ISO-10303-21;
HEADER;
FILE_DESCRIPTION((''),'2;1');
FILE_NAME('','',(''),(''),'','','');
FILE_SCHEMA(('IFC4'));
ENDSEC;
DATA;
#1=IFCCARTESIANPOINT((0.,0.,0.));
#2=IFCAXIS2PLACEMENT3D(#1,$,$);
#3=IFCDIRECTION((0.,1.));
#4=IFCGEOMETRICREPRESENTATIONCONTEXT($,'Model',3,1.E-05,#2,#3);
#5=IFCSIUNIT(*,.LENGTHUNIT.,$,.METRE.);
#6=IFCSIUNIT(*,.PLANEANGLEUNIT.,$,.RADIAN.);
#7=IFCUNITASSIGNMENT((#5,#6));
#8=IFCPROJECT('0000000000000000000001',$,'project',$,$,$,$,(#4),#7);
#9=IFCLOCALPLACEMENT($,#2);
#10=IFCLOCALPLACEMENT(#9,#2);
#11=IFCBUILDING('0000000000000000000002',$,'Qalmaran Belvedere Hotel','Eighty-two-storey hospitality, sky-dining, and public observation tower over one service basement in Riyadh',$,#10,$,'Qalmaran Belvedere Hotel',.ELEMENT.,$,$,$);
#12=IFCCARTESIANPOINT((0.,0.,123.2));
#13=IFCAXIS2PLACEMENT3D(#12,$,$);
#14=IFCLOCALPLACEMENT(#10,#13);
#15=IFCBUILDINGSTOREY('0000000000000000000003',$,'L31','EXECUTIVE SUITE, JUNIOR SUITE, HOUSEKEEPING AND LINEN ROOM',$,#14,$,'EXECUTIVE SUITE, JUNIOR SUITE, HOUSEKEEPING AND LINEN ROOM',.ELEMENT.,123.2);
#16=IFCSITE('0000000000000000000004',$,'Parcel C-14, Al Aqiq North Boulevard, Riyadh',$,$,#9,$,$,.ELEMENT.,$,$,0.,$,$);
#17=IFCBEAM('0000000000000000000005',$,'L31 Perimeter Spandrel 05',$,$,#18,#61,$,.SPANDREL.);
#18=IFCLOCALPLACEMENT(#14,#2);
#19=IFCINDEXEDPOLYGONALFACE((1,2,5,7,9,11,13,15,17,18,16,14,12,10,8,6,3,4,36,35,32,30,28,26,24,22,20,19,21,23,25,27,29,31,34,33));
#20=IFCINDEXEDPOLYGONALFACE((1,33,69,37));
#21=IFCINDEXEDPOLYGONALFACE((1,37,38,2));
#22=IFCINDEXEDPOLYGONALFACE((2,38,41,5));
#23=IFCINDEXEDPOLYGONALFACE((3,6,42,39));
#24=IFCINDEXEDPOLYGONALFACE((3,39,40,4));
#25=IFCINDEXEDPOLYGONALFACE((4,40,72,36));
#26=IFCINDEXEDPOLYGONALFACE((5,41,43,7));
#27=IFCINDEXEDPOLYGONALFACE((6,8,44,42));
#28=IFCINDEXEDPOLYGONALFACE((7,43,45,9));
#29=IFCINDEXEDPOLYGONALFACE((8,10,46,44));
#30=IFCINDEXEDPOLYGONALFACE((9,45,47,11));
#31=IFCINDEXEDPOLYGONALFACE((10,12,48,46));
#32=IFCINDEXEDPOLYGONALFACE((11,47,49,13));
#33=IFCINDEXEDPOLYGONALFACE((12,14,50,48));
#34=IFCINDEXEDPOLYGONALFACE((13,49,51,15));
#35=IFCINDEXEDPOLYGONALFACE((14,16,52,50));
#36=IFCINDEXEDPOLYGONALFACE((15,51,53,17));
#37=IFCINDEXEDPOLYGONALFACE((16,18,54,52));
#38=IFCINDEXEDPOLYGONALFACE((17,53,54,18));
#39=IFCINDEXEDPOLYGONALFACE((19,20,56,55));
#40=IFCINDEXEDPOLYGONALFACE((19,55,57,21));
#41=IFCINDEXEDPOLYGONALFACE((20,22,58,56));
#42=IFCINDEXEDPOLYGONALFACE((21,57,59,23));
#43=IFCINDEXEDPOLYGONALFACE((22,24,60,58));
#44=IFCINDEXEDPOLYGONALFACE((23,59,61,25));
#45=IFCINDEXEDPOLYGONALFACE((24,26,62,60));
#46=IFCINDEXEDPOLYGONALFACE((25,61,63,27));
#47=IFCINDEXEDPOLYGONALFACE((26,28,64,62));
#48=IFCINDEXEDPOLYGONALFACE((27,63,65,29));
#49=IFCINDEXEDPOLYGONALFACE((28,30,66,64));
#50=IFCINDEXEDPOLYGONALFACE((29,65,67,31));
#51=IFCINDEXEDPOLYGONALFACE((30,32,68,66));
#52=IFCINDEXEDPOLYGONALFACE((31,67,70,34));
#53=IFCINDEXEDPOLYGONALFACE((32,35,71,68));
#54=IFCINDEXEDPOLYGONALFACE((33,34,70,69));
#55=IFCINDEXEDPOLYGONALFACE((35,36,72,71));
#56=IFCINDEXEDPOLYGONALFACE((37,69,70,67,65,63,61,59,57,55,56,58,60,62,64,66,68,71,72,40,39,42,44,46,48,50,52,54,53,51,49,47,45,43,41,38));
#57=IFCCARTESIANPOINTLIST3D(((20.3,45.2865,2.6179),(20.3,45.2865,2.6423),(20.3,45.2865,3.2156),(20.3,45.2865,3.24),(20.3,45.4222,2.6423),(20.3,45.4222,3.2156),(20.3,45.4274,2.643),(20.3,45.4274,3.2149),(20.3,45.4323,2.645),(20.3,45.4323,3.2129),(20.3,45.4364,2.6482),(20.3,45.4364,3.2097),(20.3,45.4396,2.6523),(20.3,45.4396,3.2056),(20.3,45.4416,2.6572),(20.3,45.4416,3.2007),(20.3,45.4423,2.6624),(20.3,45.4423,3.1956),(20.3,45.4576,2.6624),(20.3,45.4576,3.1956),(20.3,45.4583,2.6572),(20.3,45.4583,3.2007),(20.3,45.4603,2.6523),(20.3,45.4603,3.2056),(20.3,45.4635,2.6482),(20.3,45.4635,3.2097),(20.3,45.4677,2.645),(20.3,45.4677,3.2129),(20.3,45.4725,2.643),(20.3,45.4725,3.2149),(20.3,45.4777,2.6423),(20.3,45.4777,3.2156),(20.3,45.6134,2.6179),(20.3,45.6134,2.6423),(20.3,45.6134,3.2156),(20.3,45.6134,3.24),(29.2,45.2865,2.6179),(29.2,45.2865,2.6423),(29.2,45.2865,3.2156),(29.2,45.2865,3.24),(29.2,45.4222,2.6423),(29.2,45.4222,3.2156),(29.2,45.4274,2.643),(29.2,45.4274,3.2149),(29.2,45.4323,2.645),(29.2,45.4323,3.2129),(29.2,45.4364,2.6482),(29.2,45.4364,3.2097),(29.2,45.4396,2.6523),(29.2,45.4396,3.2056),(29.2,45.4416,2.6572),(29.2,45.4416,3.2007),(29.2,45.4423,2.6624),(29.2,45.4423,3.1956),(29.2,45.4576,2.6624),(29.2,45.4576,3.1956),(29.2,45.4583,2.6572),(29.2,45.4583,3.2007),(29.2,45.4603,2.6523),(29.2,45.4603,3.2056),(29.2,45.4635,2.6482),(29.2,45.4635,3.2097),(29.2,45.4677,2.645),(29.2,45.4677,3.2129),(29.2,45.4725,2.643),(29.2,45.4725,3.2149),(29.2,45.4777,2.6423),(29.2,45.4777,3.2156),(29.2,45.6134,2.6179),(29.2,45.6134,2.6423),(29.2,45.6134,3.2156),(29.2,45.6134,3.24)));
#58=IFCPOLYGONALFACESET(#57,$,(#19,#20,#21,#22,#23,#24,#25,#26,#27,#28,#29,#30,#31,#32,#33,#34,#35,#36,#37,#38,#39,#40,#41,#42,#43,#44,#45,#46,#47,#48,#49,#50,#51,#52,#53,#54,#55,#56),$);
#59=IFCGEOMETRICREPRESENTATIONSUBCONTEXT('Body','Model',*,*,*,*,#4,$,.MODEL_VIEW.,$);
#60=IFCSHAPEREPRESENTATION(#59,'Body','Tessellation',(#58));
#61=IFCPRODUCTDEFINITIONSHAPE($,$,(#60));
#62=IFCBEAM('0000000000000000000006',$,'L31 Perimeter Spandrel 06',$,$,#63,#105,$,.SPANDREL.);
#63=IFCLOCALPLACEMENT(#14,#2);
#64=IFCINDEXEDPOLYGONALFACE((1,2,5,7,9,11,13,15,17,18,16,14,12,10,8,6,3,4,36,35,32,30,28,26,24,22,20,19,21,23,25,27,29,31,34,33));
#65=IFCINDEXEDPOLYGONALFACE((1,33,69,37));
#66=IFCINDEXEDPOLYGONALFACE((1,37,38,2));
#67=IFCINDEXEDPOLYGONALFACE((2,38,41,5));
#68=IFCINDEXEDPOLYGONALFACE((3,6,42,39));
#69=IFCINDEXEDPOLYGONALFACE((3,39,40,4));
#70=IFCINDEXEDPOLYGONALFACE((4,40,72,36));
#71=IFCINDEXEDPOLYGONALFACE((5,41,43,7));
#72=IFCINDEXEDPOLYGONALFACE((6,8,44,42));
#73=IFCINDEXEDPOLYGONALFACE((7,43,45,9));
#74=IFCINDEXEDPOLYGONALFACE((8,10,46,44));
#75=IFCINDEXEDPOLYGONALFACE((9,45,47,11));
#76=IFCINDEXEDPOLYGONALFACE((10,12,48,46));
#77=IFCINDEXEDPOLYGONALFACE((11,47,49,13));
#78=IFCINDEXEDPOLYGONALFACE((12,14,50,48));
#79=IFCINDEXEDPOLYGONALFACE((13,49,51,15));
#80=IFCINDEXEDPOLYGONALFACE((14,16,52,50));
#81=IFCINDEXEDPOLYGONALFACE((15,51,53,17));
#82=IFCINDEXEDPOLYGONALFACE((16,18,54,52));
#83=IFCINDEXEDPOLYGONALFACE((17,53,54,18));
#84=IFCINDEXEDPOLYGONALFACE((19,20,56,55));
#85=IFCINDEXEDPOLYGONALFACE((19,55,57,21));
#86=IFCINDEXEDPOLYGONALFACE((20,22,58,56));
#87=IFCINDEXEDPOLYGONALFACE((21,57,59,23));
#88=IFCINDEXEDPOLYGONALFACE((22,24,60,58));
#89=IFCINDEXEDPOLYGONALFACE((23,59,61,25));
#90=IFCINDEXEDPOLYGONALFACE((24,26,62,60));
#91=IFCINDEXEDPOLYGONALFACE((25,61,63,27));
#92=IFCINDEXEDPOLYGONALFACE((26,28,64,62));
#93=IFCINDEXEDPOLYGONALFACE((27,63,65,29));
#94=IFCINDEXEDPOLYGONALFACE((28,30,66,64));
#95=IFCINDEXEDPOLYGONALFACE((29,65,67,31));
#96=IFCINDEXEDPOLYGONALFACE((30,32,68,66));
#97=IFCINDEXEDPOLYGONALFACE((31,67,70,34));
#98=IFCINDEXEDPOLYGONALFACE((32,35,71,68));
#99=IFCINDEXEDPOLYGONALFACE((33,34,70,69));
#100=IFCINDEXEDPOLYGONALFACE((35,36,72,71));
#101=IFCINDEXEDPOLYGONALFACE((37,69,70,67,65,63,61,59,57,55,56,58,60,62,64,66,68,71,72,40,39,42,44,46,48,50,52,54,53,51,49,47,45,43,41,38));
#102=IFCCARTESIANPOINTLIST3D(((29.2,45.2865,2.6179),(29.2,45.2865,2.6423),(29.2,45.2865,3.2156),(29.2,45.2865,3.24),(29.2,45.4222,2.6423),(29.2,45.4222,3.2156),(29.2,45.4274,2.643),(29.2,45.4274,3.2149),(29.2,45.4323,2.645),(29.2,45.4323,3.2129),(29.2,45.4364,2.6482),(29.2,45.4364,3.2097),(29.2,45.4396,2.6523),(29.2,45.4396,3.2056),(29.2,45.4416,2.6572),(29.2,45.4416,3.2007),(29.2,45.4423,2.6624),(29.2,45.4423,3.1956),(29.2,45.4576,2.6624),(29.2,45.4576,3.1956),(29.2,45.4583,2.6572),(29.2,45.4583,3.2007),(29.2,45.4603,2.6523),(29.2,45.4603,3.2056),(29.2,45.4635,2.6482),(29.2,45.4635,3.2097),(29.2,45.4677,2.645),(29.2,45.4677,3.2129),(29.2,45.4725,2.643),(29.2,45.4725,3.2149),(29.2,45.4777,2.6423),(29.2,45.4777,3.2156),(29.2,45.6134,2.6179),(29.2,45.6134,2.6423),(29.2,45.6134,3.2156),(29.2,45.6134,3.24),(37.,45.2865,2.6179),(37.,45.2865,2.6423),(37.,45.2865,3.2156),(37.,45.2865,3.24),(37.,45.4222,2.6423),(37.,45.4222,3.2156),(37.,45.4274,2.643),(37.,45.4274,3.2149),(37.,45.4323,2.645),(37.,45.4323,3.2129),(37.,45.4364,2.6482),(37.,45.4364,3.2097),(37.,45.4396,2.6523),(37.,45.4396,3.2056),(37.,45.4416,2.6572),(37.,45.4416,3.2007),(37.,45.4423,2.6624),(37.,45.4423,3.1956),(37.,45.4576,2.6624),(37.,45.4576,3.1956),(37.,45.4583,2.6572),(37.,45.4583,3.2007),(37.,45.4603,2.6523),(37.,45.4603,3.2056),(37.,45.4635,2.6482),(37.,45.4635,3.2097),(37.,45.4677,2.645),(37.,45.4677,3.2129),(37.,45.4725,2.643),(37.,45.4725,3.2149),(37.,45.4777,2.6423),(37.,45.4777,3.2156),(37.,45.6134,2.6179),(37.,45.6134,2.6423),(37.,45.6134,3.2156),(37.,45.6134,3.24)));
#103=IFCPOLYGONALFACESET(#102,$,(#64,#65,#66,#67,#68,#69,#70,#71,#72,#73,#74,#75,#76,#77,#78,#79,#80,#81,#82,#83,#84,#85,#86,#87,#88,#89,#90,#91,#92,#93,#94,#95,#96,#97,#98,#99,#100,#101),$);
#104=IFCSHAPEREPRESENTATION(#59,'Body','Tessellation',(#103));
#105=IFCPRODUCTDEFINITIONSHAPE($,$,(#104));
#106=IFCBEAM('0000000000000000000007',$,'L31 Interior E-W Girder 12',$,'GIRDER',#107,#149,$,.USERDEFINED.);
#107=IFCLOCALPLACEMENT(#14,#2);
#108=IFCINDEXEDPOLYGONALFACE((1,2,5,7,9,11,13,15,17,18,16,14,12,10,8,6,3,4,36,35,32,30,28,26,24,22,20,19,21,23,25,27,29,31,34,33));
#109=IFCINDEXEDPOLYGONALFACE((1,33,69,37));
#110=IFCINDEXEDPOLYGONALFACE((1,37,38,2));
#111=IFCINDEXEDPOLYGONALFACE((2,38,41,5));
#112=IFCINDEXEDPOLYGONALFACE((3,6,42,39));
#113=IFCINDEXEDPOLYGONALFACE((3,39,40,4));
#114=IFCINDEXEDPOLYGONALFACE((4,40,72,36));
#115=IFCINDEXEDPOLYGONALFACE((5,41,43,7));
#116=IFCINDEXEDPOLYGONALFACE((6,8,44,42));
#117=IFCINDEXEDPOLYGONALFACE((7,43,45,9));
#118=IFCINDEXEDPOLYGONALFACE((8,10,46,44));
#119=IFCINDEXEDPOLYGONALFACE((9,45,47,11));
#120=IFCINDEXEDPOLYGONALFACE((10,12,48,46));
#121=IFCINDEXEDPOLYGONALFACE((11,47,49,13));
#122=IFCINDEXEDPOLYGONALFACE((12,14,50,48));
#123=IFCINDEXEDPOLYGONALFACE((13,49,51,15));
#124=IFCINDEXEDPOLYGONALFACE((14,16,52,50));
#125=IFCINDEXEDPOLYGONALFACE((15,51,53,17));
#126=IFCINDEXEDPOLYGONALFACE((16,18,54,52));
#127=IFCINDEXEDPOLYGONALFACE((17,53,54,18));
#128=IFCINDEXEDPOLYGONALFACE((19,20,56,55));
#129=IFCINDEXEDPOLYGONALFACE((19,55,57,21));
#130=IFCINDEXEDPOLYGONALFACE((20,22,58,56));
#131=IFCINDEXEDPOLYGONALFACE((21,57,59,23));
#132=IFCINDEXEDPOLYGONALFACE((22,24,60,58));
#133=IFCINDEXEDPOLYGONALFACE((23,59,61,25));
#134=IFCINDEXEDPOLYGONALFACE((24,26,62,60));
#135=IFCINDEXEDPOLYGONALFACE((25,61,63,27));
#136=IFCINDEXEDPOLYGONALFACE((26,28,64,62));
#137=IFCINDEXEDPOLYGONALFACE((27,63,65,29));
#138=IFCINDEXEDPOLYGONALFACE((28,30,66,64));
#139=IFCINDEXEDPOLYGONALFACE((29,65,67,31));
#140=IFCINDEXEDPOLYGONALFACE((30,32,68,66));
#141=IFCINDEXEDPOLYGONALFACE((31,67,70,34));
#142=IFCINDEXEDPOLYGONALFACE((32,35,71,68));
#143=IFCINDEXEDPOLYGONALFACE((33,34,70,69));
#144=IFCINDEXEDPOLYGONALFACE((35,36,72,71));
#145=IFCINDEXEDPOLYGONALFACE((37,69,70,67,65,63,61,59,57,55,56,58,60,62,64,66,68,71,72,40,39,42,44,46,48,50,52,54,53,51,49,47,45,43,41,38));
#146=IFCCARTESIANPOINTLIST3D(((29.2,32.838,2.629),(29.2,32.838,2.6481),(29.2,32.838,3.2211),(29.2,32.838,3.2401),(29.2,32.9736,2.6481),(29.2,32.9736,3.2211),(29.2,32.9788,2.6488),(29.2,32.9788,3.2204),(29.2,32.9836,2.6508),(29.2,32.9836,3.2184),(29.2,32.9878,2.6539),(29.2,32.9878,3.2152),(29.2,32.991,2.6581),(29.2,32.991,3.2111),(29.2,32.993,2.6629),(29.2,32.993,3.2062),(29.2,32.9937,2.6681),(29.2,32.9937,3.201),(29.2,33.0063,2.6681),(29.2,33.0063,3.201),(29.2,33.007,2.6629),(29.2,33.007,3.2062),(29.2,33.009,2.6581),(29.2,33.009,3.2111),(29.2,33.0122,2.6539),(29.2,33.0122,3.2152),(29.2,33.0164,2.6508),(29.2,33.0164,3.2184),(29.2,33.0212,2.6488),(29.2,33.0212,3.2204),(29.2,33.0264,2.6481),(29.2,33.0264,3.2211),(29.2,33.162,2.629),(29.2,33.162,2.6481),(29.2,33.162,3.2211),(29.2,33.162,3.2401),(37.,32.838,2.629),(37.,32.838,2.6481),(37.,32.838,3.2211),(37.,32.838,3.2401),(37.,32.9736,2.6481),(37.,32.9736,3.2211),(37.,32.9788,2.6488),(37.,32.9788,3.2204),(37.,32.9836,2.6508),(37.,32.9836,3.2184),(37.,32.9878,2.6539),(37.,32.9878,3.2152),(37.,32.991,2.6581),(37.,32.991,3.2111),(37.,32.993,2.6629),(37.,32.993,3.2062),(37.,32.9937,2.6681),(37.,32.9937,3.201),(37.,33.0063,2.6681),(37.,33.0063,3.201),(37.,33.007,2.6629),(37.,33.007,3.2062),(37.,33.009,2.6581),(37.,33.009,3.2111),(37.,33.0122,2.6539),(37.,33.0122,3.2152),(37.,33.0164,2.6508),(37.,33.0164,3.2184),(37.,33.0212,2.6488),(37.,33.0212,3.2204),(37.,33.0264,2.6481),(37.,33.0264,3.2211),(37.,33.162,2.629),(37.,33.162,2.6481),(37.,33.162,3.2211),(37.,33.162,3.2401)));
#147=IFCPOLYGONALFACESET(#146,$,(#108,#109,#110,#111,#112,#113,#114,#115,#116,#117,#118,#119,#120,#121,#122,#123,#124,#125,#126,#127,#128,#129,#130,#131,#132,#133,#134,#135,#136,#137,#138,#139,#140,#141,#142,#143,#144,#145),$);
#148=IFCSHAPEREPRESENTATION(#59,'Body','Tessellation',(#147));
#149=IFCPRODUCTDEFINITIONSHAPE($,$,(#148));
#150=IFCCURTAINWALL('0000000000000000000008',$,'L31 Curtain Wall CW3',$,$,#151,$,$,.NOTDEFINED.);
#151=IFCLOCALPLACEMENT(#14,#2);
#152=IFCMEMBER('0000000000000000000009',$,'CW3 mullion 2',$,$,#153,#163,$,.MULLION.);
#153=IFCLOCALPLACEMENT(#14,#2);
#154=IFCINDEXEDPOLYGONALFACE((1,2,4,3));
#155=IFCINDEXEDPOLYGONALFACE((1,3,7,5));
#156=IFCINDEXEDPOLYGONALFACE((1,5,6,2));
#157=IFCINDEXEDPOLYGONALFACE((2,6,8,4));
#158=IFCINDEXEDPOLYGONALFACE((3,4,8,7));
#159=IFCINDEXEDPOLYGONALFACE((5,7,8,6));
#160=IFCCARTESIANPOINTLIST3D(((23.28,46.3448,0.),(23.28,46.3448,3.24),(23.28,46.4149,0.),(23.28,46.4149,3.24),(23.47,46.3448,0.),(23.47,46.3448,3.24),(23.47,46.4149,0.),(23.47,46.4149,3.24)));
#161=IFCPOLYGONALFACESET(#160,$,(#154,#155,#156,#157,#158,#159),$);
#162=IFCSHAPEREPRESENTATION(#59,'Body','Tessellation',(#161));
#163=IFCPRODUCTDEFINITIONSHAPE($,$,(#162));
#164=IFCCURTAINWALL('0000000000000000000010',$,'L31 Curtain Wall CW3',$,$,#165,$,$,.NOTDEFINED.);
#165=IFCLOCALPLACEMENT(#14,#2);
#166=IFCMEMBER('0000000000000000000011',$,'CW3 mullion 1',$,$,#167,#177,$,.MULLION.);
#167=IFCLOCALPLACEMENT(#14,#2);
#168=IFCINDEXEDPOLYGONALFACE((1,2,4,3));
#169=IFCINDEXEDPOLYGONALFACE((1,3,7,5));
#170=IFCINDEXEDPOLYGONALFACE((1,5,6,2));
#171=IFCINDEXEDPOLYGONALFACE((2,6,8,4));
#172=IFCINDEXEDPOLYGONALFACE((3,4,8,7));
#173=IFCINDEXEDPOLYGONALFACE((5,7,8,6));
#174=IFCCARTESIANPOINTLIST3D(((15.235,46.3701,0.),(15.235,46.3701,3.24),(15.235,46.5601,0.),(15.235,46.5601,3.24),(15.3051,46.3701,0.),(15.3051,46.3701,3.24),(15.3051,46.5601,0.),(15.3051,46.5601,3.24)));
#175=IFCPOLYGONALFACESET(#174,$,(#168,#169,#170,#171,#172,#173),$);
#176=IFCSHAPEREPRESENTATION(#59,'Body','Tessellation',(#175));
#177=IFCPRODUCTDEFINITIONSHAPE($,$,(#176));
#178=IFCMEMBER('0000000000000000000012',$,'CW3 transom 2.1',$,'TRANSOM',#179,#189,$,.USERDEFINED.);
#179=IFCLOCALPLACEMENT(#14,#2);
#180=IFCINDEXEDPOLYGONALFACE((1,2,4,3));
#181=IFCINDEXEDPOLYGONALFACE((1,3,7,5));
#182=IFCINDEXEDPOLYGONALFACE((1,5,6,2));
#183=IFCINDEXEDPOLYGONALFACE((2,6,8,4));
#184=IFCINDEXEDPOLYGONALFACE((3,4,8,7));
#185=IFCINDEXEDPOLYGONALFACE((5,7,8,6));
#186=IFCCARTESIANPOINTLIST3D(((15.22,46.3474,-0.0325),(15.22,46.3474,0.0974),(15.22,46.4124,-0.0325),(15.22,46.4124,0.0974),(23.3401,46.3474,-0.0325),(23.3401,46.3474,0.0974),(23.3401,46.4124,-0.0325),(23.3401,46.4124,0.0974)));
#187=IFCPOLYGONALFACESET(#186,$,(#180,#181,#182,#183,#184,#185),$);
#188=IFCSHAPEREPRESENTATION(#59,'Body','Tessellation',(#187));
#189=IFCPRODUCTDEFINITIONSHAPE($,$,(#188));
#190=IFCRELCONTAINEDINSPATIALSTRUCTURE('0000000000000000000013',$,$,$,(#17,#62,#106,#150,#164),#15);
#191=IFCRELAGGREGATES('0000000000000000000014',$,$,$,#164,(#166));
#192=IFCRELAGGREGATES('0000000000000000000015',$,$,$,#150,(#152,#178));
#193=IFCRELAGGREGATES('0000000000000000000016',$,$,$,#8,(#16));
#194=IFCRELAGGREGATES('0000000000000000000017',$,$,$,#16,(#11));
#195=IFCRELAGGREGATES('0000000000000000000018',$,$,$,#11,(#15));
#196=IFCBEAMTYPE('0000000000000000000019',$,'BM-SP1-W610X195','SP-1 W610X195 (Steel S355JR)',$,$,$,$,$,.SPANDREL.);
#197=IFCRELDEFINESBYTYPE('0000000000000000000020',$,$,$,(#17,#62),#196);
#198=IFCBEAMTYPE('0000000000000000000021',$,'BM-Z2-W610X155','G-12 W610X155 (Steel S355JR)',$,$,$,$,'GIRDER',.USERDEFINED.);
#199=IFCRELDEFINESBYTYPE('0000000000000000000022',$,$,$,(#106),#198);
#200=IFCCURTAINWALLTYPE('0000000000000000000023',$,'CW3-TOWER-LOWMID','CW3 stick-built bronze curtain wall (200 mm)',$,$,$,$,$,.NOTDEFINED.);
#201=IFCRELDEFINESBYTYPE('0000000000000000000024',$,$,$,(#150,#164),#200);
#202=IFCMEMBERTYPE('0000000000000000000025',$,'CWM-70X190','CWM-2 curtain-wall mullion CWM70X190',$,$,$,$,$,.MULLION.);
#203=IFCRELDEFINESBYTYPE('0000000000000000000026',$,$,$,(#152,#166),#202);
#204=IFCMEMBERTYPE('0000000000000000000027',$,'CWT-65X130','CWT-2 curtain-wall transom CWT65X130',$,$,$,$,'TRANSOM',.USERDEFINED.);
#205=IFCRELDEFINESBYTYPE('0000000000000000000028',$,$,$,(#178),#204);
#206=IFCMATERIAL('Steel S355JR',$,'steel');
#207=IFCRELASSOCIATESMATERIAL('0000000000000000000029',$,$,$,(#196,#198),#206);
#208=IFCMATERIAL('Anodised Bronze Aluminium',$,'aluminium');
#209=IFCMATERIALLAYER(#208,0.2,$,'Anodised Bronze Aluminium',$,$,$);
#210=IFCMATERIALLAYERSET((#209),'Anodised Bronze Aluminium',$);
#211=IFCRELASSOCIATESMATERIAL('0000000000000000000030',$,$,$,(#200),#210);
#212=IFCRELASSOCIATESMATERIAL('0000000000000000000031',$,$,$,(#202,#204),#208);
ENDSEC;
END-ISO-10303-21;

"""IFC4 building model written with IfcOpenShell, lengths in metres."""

from ifc_helpers import new_model, si_unit, direction, frame, origin, origin_2d, place, context, subcontext, project, spatial, rectangle, i_section, extrude, material, layer, layer_set, material_profile, profile_set, type_object, element, aggregate, save


model = new_model("IFC4")

# Units and contexts
model_context = context("Model", 3, precision=1e-05, world=origin(), true_north=direction((0.0, 1.0)))
body_context = subcontext(model_context, "Body", "Model", "MODEL_VIEW")
ifc_project = project(units=[si_unit("LENGTHUNIT", "METRE"), si_unit("PLANEANGLEUNIT", "RADIAN")], contexts=[model_context])

# Site, building, storey
site_placement = place(None, origin())
site = spatial("IfcSite", under=ifc_project, at=site_placement, Name="Parcel C-14, Al Aqiq North Boulevard, Riyadh", CompositionType="ELEMENT", RefElevation=0.0)
building_placement = place(site_placement, origin())
building = spatial("IfcBuilding", under=site, at=building_placement, Name="Qalmaran Belvedere Hotel", Description="Eighty-two-storey hospitality, sky-dining, and public observation tower over one service basement in Riyadh", LongName="Qalmaran Belvedere Hotel", CompositionType="ELEMENT")
storey_placement = place(building_placement, frame((0.0, 0.0, 123.2)))
storey = spatial("IfcBuildingStorey", under=building, at=storey_placement, Name="L31", Description="EXECUTIVE SUITE, JUNIOR SUITE, HOUSEKEEPING AND LINEN ROOM", LongName="EXECUTIVE SUITE, JUNIOR SUITE, HOUSEKEEPING AND LINEN ROOM", CompositionType="ELEMENT", Elevation=123.2)

# Beams
ifc_material_1 = material(Name="Steel S355JR", Category="steel")
ifc_material_profile_1 = material_profile(ifc_material_1, i_section(OverallWidth=0.3269, OverallDepth=0.6221, WebThickness=0.0154, FlangeThickness=0.0244, FilletRadius=0.02, at=origin_2d()), Name="W610X195")
ifc_profile_set_1 = profile_set([ifc_material_profile_1], Name="Steel S355JR")
beam_type_1 = type_object("IfcBeamType", Name="BM-SP1-W610X195", Description="SP-1 W610X195 (Steel S355JR)", PredefinedType="SPANDREL", material=ifc_profile_set_1)
beam_1_placement = place(storey_placement, frame((20.3, 45.45, 2.929), z_axis=(1.0, 0.0, 0.0), x_axis=(0.0, 1.0, 0.0)))
element("IfcBeam", 1, at=beam_1_placement, inside=storey, type_object=beam_type_1, Name="L31 Perimeter Spandrel 05", PredefinedType="SPANDREL", context=body_context, shape_type="SweptSolid", body=[
    extrude(i_section(OverallWidth=0.3269, OverallDepth=0.6221, WebThickness=0.0154, FlangeThickness=0.0244, FilletRadius=0.02, at=origin_2d()), origin(), (0.0, 0.0, 1.0), 8.8999),
])
beam_2_placement = place(storey_placement, frame((29.2, 45.45, 2.929), z_axis=(1.0, 0.0, 0.0), x_axis=(0.0, 1.0, 0.0)))
element("IfcBeam", 2, at=beam_2_placement, inside=storey, type_object=beam_type_1, Name="L31 Perimeter Spandrel 06", PredefinedType="SPANDREL", context=body_context, shape_type="SweptSolid", body=[
    extrude(i_section(OverallWidth=0.3269, OverallDepth=0.6221, WebThickness=0.0154, FlangeThickness=0.0244, FilletRadius=0.02, at=origin_2d()), origin(), (0.0, 0.0, 1.0), 7.8),
])
ifc_material_profile_2 = material_profile(ifc_material_1, i_section(OverallWidth=0.324, OverallDepth=0.6111, WebThickness=0.0127, FlangeThickness=0.019, FilletRadius=0.02, at=origin_2d()), Name="W610X155")
ifc_profile_set_2 = profile_set([ifc_material_profile_2], Name="Steel S355JR")
beam_type_2 = type_object("IfcBeamType", Name="BM-Z2-W610X155", Description="G-12 W610X155 (Steel S355JR)", ElementType="GIRDER", PredefinedType="USERDEFINED", material=ifc_profile_set_2)
beam_3_placement = place(storey_placement, frame((29.2, 33.0, 2.9346), z_axis=(1.0, 0.0, 0.0), x_axis=(0.0, 1.0, 0.0)))
element("IfcBeam", 3, at=beam_3_placement, inside=storey, type_object=beam_type_2, Name="L31 Interior E-W Girder 12", ObjectType="GIRDER", PredefinedType="USERDEFINED", context=body_context, shape_type="SweptSolid", body=[
    extrude(i_section(OverallWidth=0.324, OverallDepth=0.6111, WebThickness=0.0127, FlangeThickness=0.019, FilletRadius=0.02, at=origin_2d()), origin(), (0.0, 0.0, 1.0), 7.8),
])

# Curtain walls, members
ifc_material_2 = material(Name="Anodised Bronze Aluminium", Category="aluminium")
ifc_layer_1 = layer(ifc_material_2, 0.2, Name="Anodised Bronze Aluminium")
ifc_layer_set_1 = layer_set([ifc_layer_1], Name="Anodised Bronze Aluminium")
curtain_wall_type = type_object("IfcCurtainWallType", Name="CW3-TOWER-LOWMID", Description="CW3 stick-built bronze curtain wall (200 mm)", PredefinedType="NOTDEFINED", material=ifc_layer_set_1)
curtain_wall_1_placement = place(storey_placement, origin())
curtain_wall_1 = element("IfcCurtainWall", 4, at=curtain_wall_1_placement, inside=storey, type_object=curtain_wall_type, Name="L31 Curtain Wall CW3", PredefinedType="NOTDEFINED")
ifc_material_profile_3 = material_profile(ifc_material_2, rectangle(XDim=0.0701, YDim=0.1899, at=origin_2d()), Name="CWM70X190")
ifc_profile_set_3 = profile_set([ifc_material_profile_3], Name="Anodised Bronze Aluminium")
member_type_1 = type_object("IfcMemberType", Name="CWM-70X190", Description="CWM-2 curtain-wall mullion CWM70X190", PredefinedType="MULLION", material=ifc_profile_set_3)
member_1_placement = place(storey_placement, frame((23.375, 46.3799, 0.0), z_axis=(0.0, 0.0, 1.0), x_axis=(0.0, -1.0, 0.0)))
member_1 = element("IfcMember", 5, at=member_1_placement, type_object=member_type_1, Name="CW3 mullion 2", PredefinedType="MULLION", context=body_context, shape_type="SweptSolid", body=[
    extrude(rectangle(XDim=0.0701, YDim=0.1899, at=origin_2d()), origin(), (0.0, 0.0, 1.0), 3.24),
])
curtain_wall_2_placement = place(storey_placement, origin())
curtain_wall_2 = element("IfcCurtainWall", 6, at=curtain_wall_2_placement, inside=storey, type_object=curtain_wall_type, Name="L31 Curtain Wall CW3", PredefinedType="NOTDEFINED")
member_2_placement = place(storey_placement, frame((15.27, 46.4651, 0.0), z_axis=(0.0, 0.0, 1.0), x_axis=(1.0, 0.0, 0.0)))
member_2 = element("IfcMember", 7, at=member_2_placement, type_object=member_type_1, Name="CW3 mullion 1", PredefinedType="MULLION", context=body_context, shape_type="SweptSolid", body=[
    extrude(rectangle(XDim=0.0701, YDim=0.1899, at=origin_2d()), origin(), (0.0, 0.0, 1.0), 3.24),
])

# Member
ifc_material_profile_4 = material_profile(ifc_material_2, rectangle(XDim=0.0649, YDim=0.1299, at=origin_2d()), Name="CWT65X130")
ifc_profile_set_4 = profile_set([ifc_material_profile_4], Name="Anodised Bronze Aluminium")
member_type_2 = type_object("IfcMemberType", Name="CWT-65X130", Description="CWT-2 curtain-wall transom CWT65X130", ElementType="TRANSOM", PredefinedType="USERDEFINED", material=ifc_profile_set_4)
member_3_placement = place(storey_placement, frame((23.3401, 46.3799, 0.0325), z_axis=(-1.0, 0.0, 0.0), x_axis=(0.0, -1.0, 0.0)))
member_3 = element("IfcMember", 8, at=member_3_placement, type_object=member_type_2, Name="CW3 transom 2.1", ObjectType="TRANSOM", PredefinedType="USERDEFINED", context=body_context, shape_type="SweptSolid", body=[
    extrude(rectangle(XDim=0.0649, YDim=0.1299, at=origin_2d()), origin(), (0.0, 0.0, 1.0), 8.1201),
])
aggregate(curtain_wall_2, [member_2])

aggregate(curtain_wall_1, [member_1, member_3])

save(model, "model.ifc")
